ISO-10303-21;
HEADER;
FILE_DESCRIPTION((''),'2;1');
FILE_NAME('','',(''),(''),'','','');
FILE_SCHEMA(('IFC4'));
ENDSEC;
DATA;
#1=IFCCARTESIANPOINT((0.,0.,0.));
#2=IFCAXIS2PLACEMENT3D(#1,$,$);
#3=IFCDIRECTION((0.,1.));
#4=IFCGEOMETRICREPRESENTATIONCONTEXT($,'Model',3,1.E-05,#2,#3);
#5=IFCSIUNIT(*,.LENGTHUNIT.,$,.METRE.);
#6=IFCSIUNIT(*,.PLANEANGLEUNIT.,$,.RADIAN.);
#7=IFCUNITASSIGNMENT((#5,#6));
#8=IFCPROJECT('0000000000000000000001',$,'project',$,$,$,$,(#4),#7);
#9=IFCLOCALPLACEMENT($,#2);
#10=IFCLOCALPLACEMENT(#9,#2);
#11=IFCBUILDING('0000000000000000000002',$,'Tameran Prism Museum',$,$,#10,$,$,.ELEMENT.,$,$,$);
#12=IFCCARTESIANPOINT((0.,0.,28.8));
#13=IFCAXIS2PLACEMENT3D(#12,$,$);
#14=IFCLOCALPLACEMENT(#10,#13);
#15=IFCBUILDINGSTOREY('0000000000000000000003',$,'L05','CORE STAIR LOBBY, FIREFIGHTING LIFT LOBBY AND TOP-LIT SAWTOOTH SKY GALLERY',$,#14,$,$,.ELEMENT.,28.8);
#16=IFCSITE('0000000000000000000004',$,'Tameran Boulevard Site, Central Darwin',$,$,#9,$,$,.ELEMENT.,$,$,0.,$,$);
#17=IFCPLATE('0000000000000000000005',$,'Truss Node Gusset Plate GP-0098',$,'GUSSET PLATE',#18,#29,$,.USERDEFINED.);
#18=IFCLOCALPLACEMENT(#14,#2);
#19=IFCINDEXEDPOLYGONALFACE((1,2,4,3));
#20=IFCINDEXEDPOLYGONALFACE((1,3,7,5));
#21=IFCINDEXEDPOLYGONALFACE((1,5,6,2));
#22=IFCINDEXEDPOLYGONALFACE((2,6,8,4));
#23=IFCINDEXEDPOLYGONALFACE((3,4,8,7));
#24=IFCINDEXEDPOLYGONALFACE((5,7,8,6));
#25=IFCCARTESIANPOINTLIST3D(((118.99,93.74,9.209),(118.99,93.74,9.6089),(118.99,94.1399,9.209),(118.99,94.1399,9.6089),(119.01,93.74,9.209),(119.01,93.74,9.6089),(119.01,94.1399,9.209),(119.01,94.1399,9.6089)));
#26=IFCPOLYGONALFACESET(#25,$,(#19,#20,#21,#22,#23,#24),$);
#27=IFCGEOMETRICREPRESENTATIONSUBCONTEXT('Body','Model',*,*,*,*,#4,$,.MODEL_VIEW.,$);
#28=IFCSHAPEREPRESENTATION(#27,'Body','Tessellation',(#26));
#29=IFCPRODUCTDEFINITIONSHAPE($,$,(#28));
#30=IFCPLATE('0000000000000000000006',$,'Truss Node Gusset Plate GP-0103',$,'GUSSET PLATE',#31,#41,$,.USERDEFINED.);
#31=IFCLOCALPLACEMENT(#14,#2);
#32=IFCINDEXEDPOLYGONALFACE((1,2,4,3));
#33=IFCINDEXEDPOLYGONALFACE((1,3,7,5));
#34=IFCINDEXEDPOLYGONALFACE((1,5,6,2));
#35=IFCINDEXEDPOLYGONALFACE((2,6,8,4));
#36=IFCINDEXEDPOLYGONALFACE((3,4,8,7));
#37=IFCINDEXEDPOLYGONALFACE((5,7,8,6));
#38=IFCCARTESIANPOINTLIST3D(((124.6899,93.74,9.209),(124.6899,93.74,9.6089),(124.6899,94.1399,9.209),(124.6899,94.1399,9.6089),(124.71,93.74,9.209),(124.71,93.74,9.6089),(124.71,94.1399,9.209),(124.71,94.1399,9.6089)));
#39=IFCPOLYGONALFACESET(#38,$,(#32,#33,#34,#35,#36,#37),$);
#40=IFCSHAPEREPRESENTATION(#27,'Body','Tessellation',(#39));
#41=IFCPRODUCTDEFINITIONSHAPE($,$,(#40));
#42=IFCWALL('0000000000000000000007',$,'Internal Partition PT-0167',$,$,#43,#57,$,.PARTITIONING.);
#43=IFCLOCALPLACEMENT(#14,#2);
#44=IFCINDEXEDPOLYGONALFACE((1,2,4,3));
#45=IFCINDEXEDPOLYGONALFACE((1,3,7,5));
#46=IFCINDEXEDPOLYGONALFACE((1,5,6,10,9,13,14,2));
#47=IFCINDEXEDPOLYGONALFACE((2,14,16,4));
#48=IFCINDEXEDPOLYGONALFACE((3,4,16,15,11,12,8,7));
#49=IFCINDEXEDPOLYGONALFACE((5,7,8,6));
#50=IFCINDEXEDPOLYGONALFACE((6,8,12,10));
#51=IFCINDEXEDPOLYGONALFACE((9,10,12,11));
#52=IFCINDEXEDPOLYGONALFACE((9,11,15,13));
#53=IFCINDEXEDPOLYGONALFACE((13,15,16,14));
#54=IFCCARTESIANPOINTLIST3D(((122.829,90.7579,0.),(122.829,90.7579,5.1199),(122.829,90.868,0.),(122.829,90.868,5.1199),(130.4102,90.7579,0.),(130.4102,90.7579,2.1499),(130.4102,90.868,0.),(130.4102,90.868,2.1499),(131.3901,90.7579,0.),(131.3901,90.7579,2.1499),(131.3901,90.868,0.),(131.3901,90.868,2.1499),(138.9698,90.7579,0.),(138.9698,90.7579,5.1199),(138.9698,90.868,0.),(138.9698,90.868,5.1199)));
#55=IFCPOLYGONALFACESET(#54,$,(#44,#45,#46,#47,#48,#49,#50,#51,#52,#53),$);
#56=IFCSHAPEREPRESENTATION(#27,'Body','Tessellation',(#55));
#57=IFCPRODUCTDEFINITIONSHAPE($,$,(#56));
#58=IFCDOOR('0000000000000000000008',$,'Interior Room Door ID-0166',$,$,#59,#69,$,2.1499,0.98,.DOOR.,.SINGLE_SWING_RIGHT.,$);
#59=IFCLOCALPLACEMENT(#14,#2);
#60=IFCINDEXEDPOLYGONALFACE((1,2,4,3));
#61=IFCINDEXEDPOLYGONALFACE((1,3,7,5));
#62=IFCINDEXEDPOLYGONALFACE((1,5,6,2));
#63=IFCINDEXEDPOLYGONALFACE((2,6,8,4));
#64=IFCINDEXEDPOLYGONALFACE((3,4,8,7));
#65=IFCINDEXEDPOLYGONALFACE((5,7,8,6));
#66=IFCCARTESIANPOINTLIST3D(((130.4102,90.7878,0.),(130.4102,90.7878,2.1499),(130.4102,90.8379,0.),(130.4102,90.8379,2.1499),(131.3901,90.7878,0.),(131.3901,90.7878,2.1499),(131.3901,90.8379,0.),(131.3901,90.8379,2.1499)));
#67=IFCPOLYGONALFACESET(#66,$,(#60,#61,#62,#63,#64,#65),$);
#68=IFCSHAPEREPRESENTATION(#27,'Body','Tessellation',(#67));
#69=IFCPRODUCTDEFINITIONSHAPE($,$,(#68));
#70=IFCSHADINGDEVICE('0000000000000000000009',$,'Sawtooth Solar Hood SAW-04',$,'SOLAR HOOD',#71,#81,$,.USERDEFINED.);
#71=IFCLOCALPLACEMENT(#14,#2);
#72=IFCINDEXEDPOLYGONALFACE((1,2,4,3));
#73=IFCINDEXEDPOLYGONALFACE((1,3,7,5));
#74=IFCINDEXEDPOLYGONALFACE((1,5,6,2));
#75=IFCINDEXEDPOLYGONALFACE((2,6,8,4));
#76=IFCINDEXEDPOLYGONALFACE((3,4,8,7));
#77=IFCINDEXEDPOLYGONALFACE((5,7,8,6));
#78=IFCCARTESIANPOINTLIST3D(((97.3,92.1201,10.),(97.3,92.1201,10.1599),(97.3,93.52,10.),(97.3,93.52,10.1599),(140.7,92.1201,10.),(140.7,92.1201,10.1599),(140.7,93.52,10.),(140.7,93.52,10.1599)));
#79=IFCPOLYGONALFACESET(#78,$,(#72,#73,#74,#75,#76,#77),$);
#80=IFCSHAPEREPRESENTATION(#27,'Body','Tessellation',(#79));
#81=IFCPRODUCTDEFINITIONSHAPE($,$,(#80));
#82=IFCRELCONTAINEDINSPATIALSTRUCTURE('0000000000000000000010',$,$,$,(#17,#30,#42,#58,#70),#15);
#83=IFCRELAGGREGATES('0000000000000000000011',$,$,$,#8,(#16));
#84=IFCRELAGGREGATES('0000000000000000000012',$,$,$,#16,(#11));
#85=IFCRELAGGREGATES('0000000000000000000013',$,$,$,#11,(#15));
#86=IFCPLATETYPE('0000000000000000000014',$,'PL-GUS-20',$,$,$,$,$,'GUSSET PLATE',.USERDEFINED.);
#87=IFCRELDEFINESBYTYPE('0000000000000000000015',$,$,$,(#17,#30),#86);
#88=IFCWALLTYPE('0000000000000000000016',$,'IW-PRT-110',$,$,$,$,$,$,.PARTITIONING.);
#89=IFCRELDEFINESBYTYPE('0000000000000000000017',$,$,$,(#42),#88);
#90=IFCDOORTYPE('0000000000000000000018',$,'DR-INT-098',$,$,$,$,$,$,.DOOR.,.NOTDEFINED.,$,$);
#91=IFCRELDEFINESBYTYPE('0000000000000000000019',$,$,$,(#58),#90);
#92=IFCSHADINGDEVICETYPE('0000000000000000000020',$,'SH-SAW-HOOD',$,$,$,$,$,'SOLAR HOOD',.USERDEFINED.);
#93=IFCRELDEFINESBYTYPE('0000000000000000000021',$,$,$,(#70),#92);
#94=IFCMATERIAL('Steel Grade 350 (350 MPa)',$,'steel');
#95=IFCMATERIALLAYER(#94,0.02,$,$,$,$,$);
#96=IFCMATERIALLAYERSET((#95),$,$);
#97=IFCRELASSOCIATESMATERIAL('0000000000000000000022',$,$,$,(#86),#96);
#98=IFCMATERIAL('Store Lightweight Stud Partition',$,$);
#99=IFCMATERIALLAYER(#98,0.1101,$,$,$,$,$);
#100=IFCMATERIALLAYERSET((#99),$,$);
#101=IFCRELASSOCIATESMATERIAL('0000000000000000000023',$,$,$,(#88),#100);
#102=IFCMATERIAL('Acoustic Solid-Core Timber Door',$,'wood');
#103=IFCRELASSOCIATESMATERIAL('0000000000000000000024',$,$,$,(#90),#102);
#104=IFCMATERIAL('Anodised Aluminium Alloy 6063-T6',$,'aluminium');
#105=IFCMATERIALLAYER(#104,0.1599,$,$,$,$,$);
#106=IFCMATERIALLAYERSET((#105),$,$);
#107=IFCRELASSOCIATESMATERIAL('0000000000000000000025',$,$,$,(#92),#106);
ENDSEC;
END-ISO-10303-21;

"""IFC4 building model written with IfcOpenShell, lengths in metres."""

from ifc_helpers import new_model, si_unit, direction, frame, frame_2d, origin, origin_2d, place, context, subcontext, project, spatial, rectangle, extrude, material, layer, layer_set, type_object, element, fill, save


model = new_model("IFC4")

# Units and contexts
model_context = context("Model", 3, precision=1e-05, world=origin(), true_north=direction((0.0, 1.0)))
body_context = subcontext(model_context, "Body", "Model", "MODEL_VIEW")
ifc_project = project(units=[si_unit("LENGTHUNIT", "METRE"), si_unit("PLANEANGLEUNIT", "RADIAN")], contexts=[model_context])

# Site, building, storey
site_placement = place(None, origin())
site = spatial("IfcSite", under=ifc_project, at=site_placement, Name="Tameran Boulevard Site, Central Darwin", CompositionType="ELEMENT", RefElevation=0.0)
building_placement = place(site_placement, origin())
building = spatial("IfcBuilding", under=site, at=building_placement, Name="Tameran Prism Museum", CompositionType="ELEMENT")
storey_placement = place(building_placement, frame((0.0, 0.0, 28.8)))
storey = spatial("IfcBuildingStorey", under=building, at=storey_placement, Name="L05", Description="CORE STAIR LOBBY, FIREFIGHTING LIFT LOBBY AND TOP-LIT SAWTOOTH SKY GALLERY", CompositionType="ELEMENT", Elevation=28.8)

# Plates
ifc_material_1 = material(Name="Steel Grade 350 (350 MPa)", Category="steel")
ifc_layer_1 = layer(ifc_material_1, 0.02)
ifc_layer_set_1 = layer_set([ifc_layer_1])
plate_type_1 = type_object("IfcPlateType", Name="PL-GUS-20", ElementType="GUSSET PLATE", PredefinedType="USERDEFINED", material=ifc_layer_set_1)
for number, where, z_axis, x_axis, name in (
    (1, (119.0, 93.9399, 9.209), (0.0, 0.0, 1.0), (1.0, 0.0, 0.0), "Truss Node Gusset Plate GP-0098"),
    (2, (124.7, 93.9399, 9.209), (0.0, 0.0, 1.0), (1.0, 0.0, 0.0), "Truss Node Gusset Plate GP-0103"),
):
    element("IfcPlate", number, at=place(storey_placement, frame(where, z_axis=z_axis, x_axis=x_axis)), inside=storey, type_object=plate_type_1, Name=name, ObjectType="GUSSET PLATE", PredefinedType="USERDEFINED", context=body_context, shape_type="SweptSolid", body=[
        extrude(rectangle(XDim=0.02, YDim=0.3999, at=origin_2d()), origin(), (0.0, 0.0, 1.0), 0.3999),
    ])

# Wall, opening, door
ifc_material_2 = material(Name="Store Lightweight Stud Partition")
ifc_layer_2 = layer(ifc_material_2, 0.1101)
ifc_layer_set_2 = layer_set([ifc_layer_2])
wall_type = type_object("IfcWallType", Name="IW-PRT-110", PredefinedType="PARTITIONING", material=ifc_layer_set_2)
wall_placement = place(storey_placement, frame((122.8291, 90.813, 0.0), z_axis=(0.0, 0.0, 1.0), x_axis=(1.0, 0.0, 0.0)))
wall = element("IfcWall", 3, at=wall_placement, inside=storey, type_object=wall_type, Name="Internal Partition PT-0167", PredefinedType="PARTITIONING", context=body_context, shape_type="SweptSolid", body=[
    extrude(rectangle(XDim=16.1409, YDim=0.1101, at=frame_2d((8.0703, 0.0))), origin(), (0.0, 0.0, 1.0), 5.1199),
])
opening_placement = place(wall_placement, frame((7.5811, 0.0, 0.0)))
opening = element("IfcOpeningElement", 4, at=opening_placement, cuts=wall, PredefinedType="OPENING", context=body_context, shape_type="SweptSolid", body=[
    extrude(rectangle(XDim=0.98, YDim=2.1499, at=frame_2d((0.49, 1.075))), frame((0.0, 0.0649, 0.0), z_axis=(0.0, -1.0, 0.0), x_axis=(1.0, 0.0, 0.0)), (0.0, 0.0, 1.0), 0.1301),
])
ifc_material_3 = material(Name="Acoustic Solid-Core Timber Door", Category="wood")
door_type = type_object("IfcDoorType", Name="DR-INT-098", OperationType="NOTDEFINED", PredefinedType="DOOR", material=ifc_material_3)
door_placement = place(opening_placement, origin())
door = element("IfcDoor", 5, at=door_placement, inside=storey, type_object=door_type, Name="Interior Room Door ID-0166", OperationType="SINGLE_SWING_RIGHT", OverallHeight=2.1499, OverallWidth=0.98, PredefinedType="DOOR", context=body_context, shape_type="SweptSolid", body=[
    extrude(rectangle(XDim=0.98, YDim=2.1499, at=frame_2d((0.49, 1.075))), frame((0.0, 0.0249, 0.0), z_axis=(0.0, -1.0, 0.0), x_axis=(1.0, 0.0, 0.0)), (0.0, 0.0, 1.0), 0.05),
])
fill(opening, door)

# Shading device
ifc_material_4 = material(Name="Anodised Aluminium Alloy 6063-T6", Category="aluminium")
ifc_layer_3 = layer(ifc_material_4, 0.1599)
ifc_layer_set_3 = layer_set([ifc_layer_3])
shading_device_type = type_object("IfcShadingDeviceType", Name="SH-SAW-HOOD", ElementType="SOLAR HOOD", PredefinedType="USERDEFINED", material=ifc_layer_set_3)
shading_device_placement = place(storey_placement, frame((119.0, 92.8201, 10.0), z_axis=(0.0, 0.0, 1.0), x_axis=(1.0, 0.0, 0.0)))
element("IfcShadingDevice", 6, at=shading_device_placement, inside=storey, type_object=shading_device_type, Name="Sawtooth Solar Hood SAW-04", ObjectType="SOLAR HOOD", PredefinedType="USERDEFINED", context=body_context, shape_type="SweptSolid", body=[
    extrude(rectangle(XDim=43.3999, YDim=1.3999, at=origin_2d()), origin(), (0.0, 0.0, 1.0), 0.1599),
])

save(model, "model.ifc")
